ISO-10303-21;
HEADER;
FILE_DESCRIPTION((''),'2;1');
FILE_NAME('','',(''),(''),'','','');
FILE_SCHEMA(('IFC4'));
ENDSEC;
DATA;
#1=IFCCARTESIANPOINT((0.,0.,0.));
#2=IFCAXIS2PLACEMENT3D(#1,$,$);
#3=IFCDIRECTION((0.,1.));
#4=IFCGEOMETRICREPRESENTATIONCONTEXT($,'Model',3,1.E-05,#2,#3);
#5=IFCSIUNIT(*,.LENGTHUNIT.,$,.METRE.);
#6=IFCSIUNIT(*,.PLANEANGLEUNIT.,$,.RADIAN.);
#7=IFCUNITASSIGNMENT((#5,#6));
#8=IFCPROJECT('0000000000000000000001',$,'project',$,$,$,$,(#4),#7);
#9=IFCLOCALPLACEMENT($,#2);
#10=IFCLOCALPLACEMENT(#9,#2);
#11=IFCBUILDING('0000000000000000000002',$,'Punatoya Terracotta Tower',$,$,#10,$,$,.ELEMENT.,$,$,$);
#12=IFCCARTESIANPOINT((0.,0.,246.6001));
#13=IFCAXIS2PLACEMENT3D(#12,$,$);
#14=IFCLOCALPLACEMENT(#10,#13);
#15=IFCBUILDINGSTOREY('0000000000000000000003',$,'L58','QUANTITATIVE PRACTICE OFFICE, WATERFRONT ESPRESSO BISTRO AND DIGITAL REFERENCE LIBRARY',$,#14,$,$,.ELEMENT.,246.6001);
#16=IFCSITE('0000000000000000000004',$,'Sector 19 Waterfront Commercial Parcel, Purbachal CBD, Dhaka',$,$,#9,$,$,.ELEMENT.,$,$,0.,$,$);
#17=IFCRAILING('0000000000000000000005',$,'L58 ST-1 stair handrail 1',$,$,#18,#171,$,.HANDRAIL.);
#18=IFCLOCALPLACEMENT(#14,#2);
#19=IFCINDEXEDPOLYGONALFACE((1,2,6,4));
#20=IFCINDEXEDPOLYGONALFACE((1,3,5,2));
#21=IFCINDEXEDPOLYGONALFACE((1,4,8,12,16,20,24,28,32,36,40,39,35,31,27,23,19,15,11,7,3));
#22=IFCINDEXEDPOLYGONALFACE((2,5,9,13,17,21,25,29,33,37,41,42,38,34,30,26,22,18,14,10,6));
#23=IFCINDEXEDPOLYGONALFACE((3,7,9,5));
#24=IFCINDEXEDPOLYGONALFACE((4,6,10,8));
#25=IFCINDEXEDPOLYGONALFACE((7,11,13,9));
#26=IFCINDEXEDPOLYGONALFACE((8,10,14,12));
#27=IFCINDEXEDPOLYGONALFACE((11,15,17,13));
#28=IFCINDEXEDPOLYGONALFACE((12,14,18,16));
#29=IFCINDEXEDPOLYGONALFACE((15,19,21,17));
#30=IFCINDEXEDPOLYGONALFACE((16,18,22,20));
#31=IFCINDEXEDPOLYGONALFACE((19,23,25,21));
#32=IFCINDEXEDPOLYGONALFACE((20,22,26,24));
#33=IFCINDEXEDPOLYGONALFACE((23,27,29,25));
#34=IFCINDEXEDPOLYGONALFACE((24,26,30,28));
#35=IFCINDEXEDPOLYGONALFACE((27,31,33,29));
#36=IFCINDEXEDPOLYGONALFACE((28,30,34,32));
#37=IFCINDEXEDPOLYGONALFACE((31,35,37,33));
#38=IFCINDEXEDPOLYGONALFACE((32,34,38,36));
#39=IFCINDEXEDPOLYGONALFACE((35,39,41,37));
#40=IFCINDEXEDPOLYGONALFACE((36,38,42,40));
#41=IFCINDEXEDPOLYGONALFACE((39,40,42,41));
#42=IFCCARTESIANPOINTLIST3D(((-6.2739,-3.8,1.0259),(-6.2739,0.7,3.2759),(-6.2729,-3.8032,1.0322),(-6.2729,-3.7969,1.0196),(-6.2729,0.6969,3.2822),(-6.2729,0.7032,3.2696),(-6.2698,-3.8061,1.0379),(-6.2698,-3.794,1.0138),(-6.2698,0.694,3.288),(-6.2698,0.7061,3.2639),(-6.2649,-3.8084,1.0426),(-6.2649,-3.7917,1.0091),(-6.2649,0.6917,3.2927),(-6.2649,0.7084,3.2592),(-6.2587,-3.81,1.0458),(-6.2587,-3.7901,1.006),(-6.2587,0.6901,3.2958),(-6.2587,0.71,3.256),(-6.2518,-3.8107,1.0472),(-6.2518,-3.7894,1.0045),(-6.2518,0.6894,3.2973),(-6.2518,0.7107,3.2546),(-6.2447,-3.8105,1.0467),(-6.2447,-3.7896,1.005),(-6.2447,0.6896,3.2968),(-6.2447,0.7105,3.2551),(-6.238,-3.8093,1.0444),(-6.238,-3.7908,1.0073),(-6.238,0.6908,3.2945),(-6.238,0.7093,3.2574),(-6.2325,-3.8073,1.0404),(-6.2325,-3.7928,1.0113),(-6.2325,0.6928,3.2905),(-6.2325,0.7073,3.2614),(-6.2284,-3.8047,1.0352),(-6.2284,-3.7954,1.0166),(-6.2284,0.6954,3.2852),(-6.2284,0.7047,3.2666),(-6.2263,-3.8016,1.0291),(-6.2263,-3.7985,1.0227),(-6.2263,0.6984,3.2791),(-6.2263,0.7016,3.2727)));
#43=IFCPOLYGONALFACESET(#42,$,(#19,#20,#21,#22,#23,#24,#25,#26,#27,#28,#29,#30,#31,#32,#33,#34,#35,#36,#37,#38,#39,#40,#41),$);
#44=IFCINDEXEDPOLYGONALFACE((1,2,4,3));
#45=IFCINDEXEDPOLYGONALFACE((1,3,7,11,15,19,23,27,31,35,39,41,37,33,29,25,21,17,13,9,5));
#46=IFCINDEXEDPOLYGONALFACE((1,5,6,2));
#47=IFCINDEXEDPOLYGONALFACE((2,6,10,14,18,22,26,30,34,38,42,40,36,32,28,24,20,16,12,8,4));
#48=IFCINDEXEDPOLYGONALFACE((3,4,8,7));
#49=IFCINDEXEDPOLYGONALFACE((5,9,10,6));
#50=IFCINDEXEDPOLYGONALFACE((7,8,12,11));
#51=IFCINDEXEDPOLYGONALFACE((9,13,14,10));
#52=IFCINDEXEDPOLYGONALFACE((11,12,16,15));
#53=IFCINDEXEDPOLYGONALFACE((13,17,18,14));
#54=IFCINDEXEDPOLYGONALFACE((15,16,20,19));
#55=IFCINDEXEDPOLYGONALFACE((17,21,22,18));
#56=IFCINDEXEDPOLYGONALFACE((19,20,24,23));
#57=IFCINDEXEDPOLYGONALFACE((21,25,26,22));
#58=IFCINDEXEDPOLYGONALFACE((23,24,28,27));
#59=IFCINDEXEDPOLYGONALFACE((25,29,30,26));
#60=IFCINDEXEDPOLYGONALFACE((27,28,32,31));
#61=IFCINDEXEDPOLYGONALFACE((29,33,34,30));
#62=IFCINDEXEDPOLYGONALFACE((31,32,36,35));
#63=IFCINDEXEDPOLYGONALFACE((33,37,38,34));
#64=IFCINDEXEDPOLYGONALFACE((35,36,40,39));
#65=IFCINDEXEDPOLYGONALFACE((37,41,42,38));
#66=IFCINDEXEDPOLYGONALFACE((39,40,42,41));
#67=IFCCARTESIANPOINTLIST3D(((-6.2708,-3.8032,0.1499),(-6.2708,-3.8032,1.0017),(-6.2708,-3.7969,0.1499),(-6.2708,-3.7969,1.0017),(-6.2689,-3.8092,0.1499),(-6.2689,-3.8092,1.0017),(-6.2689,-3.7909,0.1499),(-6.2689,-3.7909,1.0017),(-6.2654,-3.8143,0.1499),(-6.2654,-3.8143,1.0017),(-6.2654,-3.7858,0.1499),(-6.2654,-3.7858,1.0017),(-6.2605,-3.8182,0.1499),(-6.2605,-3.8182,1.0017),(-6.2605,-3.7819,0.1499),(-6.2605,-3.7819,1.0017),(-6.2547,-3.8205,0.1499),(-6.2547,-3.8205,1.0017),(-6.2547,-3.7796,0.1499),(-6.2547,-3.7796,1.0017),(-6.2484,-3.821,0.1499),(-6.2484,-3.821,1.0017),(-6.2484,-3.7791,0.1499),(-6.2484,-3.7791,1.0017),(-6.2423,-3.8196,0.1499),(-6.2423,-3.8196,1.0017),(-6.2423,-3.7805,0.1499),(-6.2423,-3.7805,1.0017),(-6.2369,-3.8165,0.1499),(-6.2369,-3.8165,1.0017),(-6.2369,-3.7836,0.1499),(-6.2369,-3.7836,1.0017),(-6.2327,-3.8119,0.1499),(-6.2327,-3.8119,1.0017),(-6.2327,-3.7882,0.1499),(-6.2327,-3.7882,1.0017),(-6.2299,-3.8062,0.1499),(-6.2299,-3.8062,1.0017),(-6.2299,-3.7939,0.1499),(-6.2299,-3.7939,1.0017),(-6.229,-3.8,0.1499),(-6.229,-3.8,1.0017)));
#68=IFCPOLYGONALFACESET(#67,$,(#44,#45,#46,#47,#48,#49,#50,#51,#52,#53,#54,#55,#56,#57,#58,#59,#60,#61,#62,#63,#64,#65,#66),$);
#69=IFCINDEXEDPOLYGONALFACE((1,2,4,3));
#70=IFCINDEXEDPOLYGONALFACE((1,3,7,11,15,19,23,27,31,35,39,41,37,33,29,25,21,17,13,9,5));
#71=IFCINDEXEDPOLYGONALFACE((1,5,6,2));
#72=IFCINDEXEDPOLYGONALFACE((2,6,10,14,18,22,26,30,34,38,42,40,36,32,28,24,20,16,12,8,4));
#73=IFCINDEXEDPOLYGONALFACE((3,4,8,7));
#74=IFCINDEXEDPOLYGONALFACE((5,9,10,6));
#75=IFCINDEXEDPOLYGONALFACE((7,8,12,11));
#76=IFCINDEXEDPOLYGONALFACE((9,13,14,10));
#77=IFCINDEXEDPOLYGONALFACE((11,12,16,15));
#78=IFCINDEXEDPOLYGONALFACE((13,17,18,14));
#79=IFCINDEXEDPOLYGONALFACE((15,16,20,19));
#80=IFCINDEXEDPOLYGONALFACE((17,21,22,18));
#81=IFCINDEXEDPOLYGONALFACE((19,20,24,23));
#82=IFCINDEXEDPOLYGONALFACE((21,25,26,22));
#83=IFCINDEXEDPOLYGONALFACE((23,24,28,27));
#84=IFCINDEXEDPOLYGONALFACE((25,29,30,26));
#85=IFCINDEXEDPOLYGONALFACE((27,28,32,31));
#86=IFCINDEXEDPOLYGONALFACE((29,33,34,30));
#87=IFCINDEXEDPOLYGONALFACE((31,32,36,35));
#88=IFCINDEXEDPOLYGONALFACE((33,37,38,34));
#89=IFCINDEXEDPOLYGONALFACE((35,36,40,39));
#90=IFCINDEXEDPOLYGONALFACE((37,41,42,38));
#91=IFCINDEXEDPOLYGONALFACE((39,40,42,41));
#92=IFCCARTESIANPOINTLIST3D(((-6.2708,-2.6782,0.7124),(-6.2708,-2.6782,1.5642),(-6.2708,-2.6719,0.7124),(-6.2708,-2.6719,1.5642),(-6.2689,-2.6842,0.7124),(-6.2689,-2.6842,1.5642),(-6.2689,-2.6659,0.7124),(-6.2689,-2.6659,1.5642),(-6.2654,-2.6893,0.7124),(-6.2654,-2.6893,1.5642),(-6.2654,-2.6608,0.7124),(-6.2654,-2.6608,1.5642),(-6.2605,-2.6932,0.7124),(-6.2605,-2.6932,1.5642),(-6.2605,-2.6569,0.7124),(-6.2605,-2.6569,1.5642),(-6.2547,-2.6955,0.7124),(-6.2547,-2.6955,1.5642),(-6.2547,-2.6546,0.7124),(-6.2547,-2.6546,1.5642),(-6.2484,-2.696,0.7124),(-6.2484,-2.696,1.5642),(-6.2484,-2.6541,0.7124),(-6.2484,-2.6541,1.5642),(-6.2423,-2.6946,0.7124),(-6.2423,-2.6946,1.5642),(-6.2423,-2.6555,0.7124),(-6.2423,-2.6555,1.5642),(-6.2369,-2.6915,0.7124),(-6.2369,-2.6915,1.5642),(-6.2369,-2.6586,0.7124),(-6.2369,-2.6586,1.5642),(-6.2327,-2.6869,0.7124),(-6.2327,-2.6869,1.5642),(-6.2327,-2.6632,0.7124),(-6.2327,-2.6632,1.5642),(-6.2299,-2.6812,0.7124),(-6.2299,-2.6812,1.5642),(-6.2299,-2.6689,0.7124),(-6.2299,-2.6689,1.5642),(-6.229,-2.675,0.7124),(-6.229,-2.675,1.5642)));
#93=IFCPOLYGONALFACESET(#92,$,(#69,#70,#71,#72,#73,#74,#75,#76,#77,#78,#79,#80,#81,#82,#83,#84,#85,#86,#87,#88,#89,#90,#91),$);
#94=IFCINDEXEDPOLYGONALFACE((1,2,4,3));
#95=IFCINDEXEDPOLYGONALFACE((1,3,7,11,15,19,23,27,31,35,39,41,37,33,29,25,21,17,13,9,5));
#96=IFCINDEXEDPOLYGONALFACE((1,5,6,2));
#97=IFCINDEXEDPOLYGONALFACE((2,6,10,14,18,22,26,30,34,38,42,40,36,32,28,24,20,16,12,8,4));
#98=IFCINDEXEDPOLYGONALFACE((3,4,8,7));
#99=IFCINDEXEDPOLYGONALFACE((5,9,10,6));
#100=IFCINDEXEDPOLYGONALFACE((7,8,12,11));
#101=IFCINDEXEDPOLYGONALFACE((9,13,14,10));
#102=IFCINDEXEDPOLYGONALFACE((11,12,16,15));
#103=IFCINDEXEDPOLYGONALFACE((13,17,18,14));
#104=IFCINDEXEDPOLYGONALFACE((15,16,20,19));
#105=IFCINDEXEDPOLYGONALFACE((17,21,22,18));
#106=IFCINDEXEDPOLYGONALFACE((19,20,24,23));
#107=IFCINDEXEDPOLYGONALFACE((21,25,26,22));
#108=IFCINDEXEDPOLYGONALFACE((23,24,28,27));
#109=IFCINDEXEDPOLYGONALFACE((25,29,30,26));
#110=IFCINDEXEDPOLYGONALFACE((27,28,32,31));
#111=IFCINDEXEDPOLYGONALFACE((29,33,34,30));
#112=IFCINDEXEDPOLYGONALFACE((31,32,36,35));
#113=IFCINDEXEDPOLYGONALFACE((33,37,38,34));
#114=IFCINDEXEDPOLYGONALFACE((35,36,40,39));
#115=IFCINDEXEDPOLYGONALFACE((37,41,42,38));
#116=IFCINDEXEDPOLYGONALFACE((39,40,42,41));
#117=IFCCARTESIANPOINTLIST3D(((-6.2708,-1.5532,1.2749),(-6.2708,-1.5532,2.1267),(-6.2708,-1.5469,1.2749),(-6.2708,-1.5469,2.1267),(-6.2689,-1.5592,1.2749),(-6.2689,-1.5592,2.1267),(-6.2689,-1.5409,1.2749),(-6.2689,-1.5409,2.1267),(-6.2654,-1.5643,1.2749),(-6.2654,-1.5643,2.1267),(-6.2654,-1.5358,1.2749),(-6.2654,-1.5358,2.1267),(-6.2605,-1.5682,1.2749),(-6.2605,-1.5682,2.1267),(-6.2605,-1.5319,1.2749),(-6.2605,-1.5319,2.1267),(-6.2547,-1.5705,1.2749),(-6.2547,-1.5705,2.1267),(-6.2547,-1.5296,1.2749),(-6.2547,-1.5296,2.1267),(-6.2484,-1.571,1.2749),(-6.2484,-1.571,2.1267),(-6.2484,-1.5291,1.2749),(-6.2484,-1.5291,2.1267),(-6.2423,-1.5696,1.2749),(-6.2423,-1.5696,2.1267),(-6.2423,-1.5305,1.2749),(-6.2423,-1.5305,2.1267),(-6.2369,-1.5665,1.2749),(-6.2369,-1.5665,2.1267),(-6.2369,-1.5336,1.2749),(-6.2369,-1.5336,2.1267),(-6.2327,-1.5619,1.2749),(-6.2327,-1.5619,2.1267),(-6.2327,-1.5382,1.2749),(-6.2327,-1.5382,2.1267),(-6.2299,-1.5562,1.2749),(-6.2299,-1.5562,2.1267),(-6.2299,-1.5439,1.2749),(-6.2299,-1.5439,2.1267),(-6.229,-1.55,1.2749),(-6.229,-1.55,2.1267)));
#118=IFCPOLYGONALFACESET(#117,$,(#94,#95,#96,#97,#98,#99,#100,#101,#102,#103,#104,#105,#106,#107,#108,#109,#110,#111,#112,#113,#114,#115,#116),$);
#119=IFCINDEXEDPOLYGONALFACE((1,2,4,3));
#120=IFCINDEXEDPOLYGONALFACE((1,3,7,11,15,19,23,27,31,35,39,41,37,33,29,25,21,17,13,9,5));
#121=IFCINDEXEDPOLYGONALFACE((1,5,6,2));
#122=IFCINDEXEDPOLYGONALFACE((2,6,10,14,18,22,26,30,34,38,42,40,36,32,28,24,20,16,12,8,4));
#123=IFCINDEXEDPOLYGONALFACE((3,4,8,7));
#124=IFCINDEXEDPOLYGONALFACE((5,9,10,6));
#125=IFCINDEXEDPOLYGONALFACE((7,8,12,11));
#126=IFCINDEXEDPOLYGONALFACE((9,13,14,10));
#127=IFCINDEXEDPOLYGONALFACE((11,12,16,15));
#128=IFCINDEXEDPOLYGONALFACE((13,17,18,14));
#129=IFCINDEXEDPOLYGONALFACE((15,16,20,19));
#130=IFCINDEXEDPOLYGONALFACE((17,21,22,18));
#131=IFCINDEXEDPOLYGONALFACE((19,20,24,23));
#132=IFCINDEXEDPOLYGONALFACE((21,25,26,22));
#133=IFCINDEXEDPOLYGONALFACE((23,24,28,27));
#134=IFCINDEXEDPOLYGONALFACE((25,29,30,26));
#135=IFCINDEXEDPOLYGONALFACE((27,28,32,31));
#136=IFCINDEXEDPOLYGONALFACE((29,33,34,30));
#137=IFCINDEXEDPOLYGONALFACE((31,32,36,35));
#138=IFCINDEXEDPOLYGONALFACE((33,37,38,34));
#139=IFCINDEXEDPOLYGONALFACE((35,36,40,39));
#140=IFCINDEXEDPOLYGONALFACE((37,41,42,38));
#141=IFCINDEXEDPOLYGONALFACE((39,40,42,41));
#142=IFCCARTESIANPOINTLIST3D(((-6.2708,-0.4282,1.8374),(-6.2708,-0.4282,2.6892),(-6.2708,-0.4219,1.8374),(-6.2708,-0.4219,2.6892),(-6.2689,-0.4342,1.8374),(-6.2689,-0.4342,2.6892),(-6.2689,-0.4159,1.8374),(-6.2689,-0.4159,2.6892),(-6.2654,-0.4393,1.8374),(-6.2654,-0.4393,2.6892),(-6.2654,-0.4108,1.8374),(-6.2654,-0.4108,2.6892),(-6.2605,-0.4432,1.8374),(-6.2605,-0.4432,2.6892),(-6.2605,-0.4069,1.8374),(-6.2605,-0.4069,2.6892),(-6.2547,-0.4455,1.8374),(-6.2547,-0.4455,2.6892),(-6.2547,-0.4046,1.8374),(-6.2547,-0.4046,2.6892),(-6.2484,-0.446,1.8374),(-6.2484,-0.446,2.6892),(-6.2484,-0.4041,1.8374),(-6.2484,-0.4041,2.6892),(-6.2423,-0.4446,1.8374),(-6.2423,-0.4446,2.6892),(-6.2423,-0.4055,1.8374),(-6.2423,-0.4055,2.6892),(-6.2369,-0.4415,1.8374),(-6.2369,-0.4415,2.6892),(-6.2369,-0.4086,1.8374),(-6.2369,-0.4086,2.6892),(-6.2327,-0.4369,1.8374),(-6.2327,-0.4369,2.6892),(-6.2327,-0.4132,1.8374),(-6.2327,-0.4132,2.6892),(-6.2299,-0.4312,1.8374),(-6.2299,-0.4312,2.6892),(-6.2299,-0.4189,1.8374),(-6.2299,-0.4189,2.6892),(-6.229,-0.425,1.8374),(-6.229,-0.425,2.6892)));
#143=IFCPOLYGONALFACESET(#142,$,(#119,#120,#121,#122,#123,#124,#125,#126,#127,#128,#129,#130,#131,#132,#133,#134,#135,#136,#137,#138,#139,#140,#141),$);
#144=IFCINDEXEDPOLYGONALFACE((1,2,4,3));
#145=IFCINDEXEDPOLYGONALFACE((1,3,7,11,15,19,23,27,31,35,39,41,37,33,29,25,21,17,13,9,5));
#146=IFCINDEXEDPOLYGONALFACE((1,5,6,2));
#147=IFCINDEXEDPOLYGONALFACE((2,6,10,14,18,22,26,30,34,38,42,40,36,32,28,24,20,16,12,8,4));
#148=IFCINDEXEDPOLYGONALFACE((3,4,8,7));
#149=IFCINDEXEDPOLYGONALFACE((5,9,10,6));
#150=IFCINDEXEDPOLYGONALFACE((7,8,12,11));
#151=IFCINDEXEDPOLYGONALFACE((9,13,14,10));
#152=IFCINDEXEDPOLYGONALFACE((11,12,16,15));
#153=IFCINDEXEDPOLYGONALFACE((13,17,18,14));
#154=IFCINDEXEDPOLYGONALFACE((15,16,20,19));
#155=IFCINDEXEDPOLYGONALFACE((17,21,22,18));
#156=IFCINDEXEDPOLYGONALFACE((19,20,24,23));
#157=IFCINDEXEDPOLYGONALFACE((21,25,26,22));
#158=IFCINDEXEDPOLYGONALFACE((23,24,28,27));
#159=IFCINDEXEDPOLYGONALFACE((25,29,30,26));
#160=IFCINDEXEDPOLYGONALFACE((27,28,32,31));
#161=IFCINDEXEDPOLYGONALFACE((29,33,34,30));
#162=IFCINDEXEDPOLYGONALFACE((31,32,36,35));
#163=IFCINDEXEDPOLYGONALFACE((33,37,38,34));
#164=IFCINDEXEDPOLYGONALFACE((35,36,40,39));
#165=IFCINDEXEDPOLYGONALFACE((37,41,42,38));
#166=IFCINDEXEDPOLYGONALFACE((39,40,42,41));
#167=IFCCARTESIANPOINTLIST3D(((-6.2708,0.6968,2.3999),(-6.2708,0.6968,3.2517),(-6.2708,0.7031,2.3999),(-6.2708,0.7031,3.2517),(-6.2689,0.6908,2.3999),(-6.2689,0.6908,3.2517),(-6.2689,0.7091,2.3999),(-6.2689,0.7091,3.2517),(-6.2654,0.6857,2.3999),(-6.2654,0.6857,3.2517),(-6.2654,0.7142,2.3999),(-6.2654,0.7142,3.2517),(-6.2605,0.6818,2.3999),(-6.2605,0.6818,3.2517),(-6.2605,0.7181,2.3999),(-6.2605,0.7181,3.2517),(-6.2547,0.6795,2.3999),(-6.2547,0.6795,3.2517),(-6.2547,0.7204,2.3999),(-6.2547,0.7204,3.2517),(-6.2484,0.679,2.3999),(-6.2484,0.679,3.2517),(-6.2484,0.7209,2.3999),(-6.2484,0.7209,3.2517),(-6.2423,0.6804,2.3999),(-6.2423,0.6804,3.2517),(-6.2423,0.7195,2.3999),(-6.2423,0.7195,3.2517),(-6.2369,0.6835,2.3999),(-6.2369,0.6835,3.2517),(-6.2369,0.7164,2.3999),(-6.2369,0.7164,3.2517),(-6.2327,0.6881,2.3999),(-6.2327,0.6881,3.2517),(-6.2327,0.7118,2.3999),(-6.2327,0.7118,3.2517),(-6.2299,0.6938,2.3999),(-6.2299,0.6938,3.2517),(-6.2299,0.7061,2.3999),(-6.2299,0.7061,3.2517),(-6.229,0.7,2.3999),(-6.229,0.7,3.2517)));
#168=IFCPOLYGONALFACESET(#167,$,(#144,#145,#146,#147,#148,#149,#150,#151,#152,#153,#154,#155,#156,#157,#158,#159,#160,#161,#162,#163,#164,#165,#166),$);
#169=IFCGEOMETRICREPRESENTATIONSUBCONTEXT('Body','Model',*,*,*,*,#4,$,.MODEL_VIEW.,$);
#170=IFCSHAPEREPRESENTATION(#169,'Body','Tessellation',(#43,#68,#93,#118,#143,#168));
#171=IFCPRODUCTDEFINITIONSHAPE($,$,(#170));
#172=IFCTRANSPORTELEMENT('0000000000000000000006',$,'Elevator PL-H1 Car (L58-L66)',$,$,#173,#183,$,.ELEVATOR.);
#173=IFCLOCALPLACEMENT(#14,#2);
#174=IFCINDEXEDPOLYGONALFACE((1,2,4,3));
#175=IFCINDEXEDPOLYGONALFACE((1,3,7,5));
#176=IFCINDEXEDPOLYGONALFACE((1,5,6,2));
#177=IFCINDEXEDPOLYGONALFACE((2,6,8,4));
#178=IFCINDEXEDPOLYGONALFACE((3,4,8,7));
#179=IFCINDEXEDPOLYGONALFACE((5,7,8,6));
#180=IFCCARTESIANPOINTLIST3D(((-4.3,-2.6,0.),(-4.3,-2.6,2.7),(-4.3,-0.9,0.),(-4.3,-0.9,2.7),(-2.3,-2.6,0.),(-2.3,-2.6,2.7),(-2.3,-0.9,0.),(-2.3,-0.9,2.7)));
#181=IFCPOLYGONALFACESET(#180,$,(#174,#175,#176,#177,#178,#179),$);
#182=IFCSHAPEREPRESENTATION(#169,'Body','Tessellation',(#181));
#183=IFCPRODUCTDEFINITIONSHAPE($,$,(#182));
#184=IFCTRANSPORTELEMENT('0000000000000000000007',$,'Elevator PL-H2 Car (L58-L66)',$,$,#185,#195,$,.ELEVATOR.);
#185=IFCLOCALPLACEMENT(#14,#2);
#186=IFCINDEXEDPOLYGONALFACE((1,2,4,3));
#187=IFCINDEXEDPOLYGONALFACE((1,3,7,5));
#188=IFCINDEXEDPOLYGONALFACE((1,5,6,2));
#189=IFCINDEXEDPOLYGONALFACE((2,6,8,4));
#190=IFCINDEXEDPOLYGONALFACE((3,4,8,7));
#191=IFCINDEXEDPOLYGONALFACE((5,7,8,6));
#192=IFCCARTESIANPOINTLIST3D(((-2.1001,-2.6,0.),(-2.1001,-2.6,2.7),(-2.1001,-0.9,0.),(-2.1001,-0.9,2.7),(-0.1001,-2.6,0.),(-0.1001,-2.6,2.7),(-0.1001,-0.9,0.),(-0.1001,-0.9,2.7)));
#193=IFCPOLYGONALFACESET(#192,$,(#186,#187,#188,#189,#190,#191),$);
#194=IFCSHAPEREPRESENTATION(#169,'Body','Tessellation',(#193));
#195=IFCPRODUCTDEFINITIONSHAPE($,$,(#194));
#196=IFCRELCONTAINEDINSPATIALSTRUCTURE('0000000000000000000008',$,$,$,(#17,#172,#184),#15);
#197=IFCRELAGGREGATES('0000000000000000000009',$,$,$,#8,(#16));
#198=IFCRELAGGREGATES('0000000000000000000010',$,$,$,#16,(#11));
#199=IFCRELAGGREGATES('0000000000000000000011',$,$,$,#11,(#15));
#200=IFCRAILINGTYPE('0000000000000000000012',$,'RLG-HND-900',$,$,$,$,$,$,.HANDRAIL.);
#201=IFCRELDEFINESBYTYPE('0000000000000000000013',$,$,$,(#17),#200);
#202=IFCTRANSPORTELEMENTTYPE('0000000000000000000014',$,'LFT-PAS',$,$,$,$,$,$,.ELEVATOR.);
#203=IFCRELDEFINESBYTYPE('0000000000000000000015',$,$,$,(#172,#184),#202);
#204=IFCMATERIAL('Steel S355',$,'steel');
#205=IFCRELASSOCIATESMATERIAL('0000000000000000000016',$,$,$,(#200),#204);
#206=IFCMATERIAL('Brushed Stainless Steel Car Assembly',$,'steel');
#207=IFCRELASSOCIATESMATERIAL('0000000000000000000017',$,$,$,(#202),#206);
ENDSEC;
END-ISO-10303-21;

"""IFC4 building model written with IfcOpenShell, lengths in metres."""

from ifc_helpers import new_model, si_unit, direction, frame, origin, origin_2d, place, context, subcontext, project, spatial, rectangle, circle, extrude, material, type_object, element, save


model = new_model("IFC4")

# Units and contexts
model_context = context("Model", 3, precision=1e-05, world=origin(), true_north=direction((0.0, 1.0)))
body_context = subcontext(model_context, "Body", "Model", "MODEL_VIEW")
ifc_project = project(units=[si_unit("LENGTHUNIT", "METRE"), si_unit("PLANEANGLEUNIT", "RADIAN")], contexts=[model_context])

# Site, building, storey
site_placement = place(None, origin())
site = spatial("IfcSite", under=ifc_project, at=site_placement, Name="Sector 19 Waterfront Commercial Parcel, Purbachal CBD, Dhaka", CompositionType="ELEMENT", RefElevation=0.0)
building_placement = place(site_placement, origin())
building = spatial("IfcBuilding", under=site, at=building_placement, Name="Punatoya Terracotta Tower", CompositionType="ELEMENT")
storey_placement = place(building_placement, frame((0.0, 0.0, 246.6001)))
storey = spatial("IfcBuildingStorey", under=building, at=storey_placement, Name="L58", Description="QUANTITATIVE PRACTICE OFFICE, WATERFRONT ESPRESSO BISTRO AND DIGITAL REFERENCE LIBRARY", CompositionType="ELEMENT", Elevation=246.6001)

# Railing
ifc_material_1 = material(Name="Steel S355", Category="steel")
railing_type_1 = type_object("IfcRailingType", Name="RLG-HND-900", PredefinedType="HANDRAIL", material=ifc_material_1)
railing_1_placement = place(storey_placement, frame((-6.25, -3.8, 0.1499)))
element("IfcRailing", 1, at=railing_1_placement, inside=storey, type_object=railing_type_1, Name="L58 ST-1 stair handrail 1", PredefinedType="HANDRAIL", context=body_context, shape_type="SweptSolid", body=[
    extrude(circle(Radius=0.0239, at=origin_2d()), frame((0.0, 0.0, 0.876), z_axis=(0.0, 0.894427, 0.447214), x_axis=(-1.0, 0.0, 0.0)), (0.0, 0.0, 1.0), 5.0312),
    extrude(circle(Radius=0.021, at=origin_2d()), origin(), (0.0, 0.0, 1.0), 0.8518),
    extrude(circle(Radius=0.021, at=origin_2d()), frame((0.0, 1.125, 0.5625)), (0.0, 0.0, 1.0), 0.8518),
    extrude(circle(Radius=0.021, at=origin_2d()), frame((0.0, 2.25, 1.125)), (0.0, 0.0, 1.0), 0.8518),
    extrude(circle(Radius=0.021, at=origin_2d()), frame((0.0, 3.375, 1.6875)), (0.0, 0.0, 1.0), 0.8518),
    extrude(circle(Radius=0.021, at=origin_2d()), frame((0.0, 4.5, 2.25)), (0.0, 0.0, 1.0), 0.8518),
])

# Transport elements
ifc_material_2 = material(Name="Brushed Stainless Steel Car Assembly", Category="steel")
transport_element_type = type_object("IfcTransportElementType", Name="LFT-PAS", PredefinedType="ELEVATOR", material=ifc_material_2)
for number, where, z_axis, x_axis, name in (
    (2, (-3.3, -1.75, 0.0), (0.0, 0.0, 1.0), (1.0, 0.0, 0.0), "Elevator PL-H1 Car (L58-L66)"),
    (3, (-1.1001, -1.75, 0.0), (0.0, 0.0, 1.0), (1.0, 0.0, 0.0), "Elevator PL-H2 Car (L58-L66)"),
):
    element("IfcTransportElement", number, at=place(storey_placement, frame(where, z_axis=z_axis, x_axis=x_axis)), inside=storey, type_object=transport_element_type, Name=name, PredefinedType="ELEVATOR", context=body_context, shape_type="SweptSolid", body=[
        extrude(rectangle(XDim=2.0, YDim=1.7, at=origin_2d()), origin(), (0.0, 0.0, 1.0), 2.7),
    ])

save(model, "model.ifc")
